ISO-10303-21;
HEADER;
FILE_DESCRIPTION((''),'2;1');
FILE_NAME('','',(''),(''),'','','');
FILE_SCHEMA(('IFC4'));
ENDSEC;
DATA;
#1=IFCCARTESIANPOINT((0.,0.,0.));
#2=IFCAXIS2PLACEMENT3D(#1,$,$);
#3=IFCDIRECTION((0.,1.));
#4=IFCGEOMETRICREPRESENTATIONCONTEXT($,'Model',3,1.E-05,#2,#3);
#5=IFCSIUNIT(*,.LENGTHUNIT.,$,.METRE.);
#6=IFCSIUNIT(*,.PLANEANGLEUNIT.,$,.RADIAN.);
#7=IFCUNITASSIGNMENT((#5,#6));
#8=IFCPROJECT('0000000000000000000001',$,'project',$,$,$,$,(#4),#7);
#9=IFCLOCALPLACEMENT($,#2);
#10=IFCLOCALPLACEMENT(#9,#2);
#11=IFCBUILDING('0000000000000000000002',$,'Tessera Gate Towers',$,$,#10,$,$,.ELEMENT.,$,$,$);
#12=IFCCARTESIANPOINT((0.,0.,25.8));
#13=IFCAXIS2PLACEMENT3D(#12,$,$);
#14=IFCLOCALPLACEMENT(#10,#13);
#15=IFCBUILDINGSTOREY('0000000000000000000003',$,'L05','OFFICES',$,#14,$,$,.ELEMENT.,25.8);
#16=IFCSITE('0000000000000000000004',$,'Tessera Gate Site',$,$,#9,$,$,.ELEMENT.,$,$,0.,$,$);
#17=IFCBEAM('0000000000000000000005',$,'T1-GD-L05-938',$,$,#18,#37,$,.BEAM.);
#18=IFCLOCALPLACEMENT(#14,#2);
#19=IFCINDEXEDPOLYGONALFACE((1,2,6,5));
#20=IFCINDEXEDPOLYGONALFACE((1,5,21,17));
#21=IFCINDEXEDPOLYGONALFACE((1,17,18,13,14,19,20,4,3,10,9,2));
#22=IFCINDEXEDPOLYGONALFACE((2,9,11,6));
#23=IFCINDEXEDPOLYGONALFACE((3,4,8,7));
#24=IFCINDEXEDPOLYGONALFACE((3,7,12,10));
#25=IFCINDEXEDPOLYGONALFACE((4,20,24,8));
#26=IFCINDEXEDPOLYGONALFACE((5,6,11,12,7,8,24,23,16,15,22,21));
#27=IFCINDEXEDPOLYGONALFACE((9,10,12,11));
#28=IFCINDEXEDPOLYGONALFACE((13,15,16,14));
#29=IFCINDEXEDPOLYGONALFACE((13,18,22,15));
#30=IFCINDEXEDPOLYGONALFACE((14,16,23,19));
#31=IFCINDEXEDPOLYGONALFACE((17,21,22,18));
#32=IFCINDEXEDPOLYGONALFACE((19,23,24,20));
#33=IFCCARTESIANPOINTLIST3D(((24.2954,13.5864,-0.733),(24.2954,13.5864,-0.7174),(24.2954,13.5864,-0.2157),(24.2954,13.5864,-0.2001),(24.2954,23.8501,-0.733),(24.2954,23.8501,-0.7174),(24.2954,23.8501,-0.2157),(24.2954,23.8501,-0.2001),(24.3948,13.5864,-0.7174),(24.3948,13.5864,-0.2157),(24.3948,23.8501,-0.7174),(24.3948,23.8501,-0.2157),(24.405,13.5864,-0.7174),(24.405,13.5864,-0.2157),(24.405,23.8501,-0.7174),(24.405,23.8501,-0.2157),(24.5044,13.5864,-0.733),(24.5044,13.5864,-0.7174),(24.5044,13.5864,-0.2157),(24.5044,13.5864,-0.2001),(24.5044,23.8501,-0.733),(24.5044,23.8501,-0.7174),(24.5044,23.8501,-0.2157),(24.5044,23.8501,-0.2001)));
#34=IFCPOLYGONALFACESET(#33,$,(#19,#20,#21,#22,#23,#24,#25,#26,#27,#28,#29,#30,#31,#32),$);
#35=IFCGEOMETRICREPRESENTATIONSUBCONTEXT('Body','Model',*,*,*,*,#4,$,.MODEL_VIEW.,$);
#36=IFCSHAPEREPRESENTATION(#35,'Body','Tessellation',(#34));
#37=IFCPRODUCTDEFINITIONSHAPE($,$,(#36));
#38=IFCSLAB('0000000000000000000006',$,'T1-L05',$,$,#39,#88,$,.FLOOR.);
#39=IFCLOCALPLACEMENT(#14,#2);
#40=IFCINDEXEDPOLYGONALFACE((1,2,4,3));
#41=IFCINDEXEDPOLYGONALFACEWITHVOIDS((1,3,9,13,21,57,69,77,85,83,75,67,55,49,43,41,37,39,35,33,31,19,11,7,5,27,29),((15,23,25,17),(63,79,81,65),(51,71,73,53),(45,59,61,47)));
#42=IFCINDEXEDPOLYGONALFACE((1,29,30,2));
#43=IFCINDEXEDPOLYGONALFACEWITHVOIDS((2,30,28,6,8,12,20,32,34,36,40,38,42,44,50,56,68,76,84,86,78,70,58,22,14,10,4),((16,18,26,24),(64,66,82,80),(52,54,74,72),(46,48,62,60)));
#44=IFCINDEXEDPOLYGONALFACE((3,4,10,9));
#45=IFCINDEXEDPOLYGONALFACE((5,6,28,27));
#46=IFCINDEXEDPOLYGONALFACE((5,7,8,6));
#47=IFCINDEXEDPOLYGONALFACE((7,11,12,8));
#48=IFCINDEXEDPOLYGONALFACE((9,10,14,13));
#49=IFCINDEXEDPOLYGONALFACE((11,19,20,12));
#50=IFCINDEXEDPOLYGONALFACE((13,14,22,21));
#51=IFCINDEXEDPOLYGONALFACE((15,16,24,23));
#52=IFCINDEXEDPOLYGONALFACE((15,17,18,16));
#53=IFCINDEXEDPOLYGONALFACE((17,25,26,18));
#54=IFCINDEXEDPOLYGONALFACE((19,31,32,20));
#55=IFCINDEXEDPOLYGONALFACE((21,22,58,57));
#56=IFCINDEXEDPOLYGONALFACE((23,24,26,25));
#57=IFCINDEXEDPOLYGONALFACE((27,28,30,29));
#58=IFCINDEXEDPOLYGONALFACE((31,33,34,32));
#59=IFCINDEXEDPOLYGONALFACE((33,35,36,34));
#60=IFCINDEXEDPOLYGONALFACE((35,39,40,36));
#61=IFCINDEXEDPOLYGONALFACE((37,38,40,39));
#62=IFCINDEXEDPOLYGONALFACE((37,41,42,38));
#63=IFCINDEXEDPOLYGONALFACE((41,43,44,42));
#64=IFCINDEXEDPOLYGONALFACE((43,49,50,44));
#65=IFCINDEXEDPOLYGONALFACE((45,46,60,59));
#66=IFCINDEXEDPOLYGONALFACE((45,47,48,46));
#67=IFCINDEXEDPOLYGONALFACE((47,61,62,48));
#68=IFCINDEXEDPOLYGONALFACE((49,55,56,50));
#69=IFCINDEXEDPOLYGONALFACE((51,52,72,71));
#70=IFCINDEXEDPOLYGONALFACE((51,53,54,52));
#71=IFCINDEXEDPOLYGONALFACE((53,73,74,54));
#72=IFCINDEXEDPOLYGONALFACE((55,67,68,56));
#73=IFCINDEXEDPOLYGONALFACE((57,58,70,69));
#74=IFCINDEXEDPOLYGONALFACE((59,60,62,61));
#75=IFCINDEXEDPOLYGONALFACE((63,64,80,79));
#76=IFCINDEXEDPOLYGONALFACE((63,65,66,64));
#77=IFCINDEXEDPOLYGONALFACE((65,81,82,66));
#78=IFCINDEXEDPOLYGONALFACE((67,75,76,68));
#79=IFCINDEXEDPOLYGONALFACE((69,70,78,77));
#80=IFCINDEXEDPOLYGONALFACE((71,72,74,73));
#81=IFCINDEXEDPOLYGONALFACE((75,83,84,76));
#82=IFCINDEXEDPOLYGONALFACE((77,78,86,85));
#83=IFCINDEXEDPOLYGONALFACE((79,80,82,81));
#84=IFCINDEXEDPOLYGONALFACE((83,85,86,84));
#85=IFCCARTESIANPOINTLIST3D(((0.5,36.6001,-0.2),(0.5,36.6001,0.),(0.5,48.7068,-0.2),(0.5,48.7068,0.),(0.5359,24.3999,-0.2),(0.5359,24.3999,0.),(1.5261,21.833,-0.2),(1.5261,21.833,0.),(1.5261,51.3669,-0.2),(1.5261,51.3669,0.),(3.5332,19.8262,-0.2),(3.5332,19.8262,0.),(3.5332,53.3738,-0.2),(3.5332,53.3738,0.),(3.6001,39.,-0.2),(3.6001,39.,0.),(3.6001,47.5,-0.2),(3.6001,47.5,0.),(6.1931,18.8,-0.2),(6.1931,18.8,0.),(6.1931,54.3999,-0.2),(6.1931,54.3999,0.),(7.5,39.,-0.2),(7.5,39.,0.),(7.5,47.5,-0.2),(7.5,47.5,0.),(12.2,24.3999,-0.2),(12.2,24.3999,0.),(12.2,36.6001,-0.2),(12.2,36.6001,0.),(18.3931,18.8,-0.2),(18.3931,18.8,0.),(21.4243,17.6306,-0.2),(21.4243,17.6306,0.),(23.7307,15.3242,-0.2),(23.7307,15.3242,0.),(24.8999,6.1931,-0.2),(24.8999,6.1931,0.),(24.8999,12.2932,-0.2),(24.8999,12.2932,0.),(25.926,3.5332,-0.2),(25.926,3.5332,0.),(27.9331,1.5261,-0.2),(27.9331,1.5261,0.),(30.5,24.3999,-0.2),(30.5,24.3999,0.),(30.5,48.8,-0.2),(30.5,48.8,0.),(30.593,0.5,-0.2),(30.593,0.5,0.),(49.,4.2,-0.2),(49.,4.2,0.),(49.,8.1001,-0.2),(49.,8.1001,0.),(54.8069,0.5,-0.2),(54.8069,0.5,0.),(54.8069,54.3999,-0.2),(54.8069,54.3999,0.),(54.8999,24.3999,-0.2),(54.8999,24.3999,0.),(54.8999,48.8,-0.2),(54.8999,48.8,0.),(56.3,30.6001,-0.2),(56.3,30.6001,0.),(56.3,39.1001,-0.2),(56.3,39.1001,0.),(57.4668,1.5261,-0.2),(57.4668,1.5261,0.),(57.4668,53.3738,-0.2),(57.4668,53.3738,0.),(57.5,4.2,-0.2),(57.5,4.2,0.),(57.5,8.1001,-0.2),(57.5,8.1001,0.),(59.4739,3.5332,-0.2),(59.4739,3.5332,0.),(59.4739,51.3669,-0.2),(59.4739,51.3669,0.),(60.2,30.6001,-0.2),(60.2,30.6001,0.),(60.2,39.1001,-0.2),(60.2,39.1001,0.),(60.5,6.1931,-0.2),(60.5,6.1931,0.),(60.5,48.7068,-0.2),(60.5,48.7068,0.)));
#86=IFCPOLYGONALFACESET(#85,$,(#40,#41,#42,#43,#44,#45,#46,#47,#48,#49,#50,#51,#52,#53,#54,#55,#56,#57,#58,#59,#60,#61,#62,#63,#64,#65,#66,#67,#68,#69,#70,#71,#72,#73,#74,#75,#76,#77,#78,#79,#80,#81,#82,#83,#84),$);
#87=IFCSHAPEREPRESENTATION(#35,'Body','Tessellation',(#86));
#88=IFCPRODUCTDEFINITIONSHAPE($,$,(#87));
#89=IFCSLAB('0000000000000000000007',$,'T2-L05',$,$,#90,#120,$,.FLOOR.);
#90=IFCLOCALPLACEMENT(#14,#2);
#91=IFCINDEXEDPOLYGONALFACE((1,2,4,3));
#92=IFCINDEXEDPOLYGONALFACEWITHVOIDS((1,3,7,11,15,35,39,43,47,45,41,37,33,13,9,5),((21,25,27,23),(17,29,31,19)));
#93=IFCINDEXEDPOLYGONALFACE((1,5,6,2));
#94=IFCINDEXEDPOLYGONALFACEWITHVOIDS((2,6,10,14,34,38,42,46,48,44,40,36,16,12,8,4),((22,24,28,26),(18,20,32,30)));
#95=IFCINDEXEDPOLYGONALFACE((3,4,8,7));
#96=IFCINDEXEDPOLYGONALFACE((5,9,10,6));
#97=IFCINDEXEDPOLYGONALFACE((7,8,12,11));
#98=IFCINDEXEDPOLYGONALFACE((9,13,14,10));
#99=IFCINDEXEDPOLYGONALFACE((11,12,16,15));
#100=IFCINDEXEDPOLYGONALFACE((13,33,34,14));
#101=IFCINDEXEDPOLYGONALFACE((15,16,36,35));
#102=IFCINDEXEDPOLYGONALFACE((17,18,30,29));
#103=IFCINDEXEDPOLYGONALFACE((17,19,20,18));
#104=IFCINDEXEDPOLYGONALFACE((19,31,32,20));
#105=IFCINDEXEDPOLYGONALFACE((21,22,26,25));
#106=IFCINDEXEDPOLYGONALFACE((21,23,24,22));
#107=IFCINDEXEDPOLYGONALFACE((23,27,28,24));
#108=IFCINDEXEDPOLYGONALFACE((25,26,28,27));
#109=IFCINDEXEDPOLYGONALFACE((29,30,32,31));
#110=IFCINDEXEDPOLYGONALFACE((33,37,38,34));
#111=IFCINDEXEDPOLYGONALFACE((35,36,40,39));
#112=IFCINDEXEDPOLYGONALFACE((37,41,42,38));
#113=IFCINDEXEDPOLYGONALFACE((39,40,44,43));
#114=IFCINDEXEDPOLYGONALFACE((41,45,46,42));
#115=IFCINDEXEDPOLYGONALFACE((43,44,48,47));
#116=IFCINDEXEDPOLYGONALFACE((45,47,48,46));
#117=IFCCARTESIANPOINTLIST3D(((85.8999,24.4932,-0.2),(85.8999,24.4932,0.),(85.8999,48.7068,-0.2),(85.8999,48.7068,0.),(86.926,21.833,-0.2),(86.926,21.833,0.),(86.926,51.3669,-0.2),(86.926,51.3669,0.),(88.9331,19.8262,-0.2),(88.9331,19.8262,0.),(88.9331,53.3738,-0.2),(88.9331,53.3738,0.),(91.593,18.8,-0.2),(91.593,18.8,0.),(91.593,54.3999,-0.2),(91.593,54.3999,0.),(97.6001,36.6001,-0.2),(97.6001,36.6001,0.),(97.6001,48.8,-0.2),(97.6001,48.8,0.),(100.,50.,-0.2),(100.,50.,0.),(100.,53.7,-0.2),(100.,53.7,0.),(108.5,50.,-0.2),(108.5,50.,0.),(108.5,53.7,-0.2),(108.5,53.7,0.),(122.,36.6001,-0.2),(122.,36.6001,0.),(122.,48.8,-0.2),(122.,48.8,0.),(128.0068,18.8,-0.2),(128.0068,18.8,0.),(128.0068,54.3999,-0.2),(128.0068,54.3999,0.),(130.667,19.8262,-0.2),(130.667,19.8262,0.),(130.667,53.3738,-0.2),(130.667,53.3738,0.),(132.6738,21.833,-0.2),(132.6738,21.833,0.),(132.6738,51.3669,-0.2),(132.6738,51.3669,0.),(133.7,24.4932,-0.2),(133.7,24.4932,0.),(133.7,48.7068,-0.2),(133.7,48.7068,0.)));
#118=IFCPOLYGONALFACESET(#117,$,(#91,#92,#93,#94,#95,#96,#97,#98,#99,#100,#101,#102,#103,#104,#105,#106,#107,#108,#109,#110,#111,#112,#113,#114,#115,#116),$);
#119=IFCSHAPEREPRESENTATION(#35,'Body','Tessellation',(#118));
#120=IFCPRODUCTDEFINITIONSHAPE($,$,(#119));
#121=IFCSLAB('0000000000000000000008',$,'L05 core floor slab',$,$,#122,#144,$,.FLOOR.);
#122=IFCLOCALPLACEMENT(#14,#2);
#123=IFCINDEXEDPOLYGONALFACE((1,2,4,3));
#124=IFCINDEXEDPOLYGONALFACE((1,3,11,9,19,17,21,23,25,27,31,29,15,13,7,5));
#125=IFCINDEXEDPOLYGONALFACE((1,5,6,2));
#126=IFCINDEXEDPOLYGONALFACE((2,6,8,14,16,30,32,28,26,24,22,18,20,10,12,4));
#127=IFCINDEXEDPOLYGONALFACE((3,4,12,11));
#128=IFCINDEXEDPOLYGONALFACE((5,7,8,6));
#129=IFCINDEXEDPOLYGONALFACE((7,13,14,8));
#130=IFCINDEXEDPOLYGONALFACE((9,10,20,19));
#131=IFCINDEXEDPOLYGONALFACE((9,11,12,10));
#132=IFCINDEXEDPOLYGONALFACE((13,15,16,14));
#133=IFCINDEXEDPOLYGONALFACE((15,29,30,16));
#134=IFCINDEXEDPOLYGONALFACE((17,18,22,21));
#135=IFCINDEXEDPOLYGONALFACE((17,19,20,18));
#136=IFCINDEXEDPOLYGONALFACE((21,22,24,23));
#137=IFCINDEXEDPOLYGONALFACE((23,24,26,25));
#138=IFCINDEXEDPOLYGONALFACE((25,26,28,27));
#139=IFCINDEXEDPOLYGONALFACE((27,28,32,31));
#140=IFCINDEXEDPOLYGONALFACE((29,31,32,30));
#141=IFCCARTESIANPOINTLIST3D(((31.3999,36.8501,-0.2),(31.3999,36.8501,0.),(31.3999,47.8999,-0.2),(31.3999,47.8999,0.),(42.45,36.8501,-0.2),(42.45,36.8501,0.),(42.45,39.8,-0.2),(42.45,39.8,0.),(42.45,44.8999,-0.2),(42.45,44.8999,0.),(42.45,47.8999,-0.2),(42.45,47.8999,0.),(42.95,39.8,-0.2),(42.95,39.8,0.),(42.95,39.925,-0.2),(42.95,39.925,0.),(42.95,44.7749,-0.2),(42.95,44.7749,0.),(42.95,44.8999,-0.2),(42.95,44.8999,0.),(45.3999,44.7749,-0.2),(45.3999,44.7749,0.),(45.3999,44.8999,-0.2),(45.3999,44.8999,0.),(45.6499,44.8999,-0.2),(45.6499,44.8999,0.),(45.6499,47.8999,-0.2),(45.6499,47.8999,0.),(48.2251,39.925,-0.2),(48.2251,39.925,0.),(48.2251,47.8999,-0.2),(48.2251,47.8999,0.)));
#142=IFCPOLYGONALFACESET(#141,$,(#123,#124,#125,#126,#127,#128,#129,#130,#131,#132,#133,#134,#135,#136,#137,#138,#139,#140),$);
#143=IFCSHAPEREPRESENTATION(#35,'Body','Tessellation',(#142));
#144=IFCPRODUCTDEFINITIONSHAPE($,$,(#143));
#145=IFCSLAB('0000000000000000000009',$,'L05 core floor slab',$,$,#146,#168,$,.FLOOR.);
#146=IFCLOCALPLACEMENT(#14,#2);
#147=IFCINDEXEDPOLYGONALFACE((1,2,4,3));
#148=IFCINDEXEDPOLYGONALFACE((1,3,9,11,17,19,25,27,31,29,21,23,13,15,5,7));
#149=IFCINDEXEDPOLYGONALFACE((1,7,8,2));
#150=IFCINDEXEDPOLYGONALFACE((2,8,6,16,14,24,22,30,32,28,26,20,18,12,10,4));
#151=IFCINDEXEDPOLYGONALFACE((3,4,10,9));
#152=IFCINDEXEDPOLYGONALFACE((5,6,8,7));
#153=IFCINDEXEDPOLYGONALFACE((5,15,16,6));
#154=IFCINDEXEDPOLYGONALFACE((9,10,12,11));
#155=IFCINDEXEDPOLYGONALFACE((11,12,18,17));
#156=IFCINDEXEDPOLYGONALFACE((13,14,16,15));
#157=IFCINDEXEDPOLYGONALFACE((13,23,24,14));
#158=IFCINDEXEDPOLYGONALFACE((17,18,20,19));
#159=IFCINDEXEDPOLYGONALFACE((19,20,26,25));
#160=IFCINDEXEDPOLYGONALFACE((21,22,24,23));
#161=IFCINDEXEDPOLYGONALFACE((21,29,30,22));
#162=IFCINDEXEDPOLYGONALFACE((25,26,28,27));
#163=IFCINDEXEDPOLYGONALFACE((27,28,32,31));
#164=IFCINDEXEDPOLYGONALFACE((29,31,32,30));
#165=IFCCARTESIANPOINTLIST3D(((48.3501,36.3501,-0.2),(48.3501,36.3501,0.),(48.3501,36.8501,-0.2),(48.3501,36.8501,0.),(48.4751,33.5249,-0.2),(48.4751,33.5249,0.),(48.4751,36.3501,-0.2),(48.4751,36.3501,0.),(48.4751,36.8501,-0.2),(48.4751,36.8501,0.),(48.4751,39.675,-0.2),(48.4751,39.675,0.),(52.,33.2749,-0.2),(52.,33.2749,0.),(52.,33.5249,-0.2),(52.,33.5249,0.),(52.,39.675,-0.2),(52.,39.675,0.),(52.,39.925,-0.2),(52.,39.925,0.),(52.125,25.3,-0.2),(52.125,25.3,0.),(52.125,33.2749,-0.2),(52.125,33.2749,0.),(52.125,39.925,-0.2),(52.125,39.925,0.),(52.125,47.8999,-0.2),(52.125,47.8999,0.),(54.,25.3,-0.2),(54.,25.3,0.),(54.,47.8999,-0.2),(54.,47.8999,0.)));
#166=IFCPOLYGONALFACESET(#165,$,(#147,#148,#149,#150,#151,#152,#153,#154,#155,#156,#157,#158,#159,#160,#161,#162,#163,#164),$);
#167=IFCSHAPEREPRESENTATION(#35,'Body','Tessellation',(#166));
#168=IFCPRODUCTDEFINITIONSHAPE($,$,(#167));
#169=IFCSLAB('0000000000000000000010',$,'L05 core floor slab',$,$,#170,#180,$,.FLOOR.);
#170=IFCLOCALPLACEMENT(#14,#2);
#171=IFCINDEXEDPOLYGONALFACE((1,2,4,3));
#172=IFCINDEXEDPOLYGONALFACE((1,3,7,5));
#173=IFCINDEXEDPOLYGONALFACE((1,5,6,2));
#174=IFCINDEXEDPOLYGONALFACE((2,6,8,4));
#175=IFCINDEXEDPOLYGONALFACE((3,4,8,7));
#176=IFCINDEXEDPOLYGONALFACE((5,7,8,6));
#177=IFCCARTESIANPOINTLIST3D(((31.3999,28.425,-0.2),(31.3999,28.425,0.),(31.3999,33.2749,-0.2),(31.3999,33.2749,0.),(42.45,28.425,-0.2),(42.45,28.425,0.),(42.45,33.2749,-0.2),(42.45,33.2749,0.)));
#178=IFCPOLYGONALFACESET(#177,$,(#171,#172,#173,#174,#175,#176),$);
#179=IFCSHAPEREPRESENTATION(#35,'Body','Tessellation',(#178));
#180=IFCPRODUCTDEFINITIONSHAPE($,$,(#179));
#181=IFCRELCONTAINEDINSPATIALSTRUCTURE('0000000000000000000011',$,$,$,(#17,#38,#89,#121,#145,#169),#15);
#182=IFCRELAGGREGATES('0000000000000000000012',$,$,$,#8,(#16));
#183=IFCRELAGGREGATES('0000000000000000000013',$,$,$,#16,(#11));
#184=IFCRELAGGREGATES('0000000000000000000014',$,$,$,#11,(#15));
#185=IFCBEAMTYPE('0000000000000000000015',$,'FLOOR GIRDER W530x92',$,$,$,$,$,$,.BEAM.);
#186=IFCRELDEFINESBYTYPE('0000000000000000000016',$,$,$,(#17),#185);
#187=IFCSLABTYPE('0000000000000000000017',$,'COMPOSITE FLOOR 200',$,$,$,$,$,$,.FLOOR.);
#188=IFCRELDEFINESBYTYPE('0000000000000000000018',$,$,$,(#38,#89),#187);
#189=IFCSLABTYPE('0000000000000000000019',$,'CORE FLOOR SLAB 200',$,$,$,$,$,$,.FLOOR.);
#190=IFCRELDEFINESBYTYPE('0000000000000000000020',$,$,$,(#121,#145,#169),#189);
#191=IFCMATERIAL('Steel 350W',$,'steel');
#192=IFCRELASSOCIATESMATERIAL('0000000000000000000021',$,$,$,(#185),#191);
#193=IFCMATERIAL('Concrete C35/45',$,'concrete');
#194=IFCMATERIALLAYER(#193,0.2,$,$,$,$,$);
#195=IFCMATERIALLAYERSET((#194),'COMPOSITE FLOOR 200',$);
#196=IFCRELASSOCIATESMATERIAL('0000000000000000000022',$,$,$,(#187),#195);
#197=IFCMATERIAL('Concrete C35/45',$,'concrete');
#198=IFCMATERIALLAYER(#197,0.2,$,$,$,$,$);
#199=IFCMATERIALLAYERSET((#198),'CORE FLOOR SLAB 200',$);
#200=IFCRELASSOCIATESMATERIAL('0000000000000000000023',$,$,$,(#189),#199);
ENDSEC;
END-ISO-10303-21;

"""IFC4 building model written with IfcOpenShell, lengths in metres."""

from ifc_helpers import new_model, si_unit, direction, frame, origin, origin_2d, place, context, subcontext, project, spatial, polyline, i_section, outline, extrude, material, layer, layer_set, material_profile, profile_set, type_object, element, save


model = new_model("IFC4")

# Units and contexts
model_context = context("Model", 3, precision=1e-05, world=origin(), true_north=direction((0.0, 1.0)))
body_context = subcontext(model_context, "Body", "Model", "MODEL_VIEW")
ifc_project = project(units=[si_unit("LENGTHUNIT", "METRE"), si_unit("PLANEANGLEUNIT", "RADIAN")], contexts=[model_context])

# Site, building, storey
site_placement = place(None, origin())
site = spatial("IfcSite", under=ifc_project, at=site_placement, Name="Tessera Gate Site", CompositionType="ELEMENT", RefElevation=0.0)
building_placement = place(site_placement, origin())
building = spatial("IfcBuilding", under=site, at=building_placement, Name="Tessera Gate Towers", CompositionType="ELEMENT")
storey_placement = place(building_placement, frame((0.0, 0.0, 25.8)))
storey = spatial("IfcBuildingStorey", under=building, at=storey_placement, Name="L05", Description="OFFICES", CompositionType="ELEMENT", Elevation=25.8)

# Beam
ifc_material_1 = material(Name="Steel 350W", Category="steel")
ifc_material_profile = material_profile(ifc_material_1, i_section(OverallWidth=0.209, OverallDepth=0.533, WebThickness=0.0103, FlangeThickness=0.0156, at=origin_2d()), Name="W530x92")
ifc_profile_set = profile_set([ifc_material_profile], Name="Steel 350W")
beam_type = type_object("IfcBeamType", Name="FLOOR GIRDER W530x92", PredefinedType="BEAM", material=ifc_profile_set)
beam_placement = place(storey_placement, frame((24.3999, 13.5864, -0.4666), z_axis=(0.0, 1.0, 0.0), x_axis=(-1.0, 0.0, 0.0)))
element("IfcBeam", 1, at=beam_placement, inside=storey, type_object=beam_type, Name="T1-GD-L05-938", PredefinedType="BEAM", context=body_context, shape_type="SweptSolid", body=[
    extrude(i_section(OverallWidth=0.209, OverallDepth=0.533, WebThickness=0.0103, FlangeThickness=0.0156, at=origin_2d()), origin(), (0.0, 0.0, 1.0), 10.2637),
])

# Slabs
ifc_material_2 = material(Name="Concrete C35/45", Category="concrete")
ifc_layer_1 = layer(ifc_material_2, 0.2)
ifc_layer_set_1 = layer_set([ifc_layer_1], Name="COMPOSITE FLOOR 200")
slab_type_1 = type_object("IfcSlabType", Name="COMPOSITE FLOOR 200", PredefinedType="FLOOR", material=ifc_layer_set_1)
slab_1_placement = place(storey_placement, frame((0.0, 0.0, -0.2)))
element("IfcSlab", 2, at=slab_1_placement, inside=storey, type_object=slab_type_1, Name="T1-L05", PredefinedType="FLOOR", context=body_context, shape_type="SweptSolid", body=[
    extrude(outline(polyline([(0.5, 36.6001), (12.2, 36.6001), (12.2, 24.3999), (0.5359, 24.3999), (1.5261, 21.833), (3.5332, 19.8262), (6.1931, 18.8), (18.3931, 18.8), (21.4243, 17.6306), (23.7307, 15.3242), (24.8999, 12.2932), (24.8999, 6.1931), (25.926, 3.5332), (27.9331, 1.5261), (30.593, 0.5), (54.8069, 0.5), (57.4668, 1.5261), (59.4739, 3.5332), (60.5, 6.1931), (60.5, 48.7068), (59.4739, 51.3669), (57.4668, 53.3738), (54.8069, 54.3999), (6.1931, 54.3999), (3.5332, 53.3738), (1.5261, 51.3669), (0.5, 48.7068), (0.5, 36.6001)]), holes=[polyline([(3.6001, 39.0), (3.6001, 47.5), (7.5, 47.5), (7.5, 39.0), (3.6001, 39.0)]), polyline([(30.5, 24.3999), (30.5, 48.8), (54.8999, 48.8), (54.8999, 24.3999), (30.5, 24.3999)]), polyline([(49.0, 4.2), (49.0, 8.1001), (57.5, 8.1001), (57.5, 4.2), (49.0, 4.2)]), polyline([(56.3, 30.6001), (56.3, 39.1001), (60.2, 39.1001), (60.2, 30.6001), (56.3, 30.6001)])]), origin(), (0.0, 0.0, 1.0), 0.2),
])
slab_2_placement = place(storey_placement, frame((0.0, 0.0, -0.2)))
element("IfcSlab", 3, at=slab_2_placement, inside=storey, type_object=slab_type_1, Name="T2-L05", PredefinedType="FLOOR", context=body_context, shape_type="SweptSolid", body=[
    extrude(outline(polyline([(85.8999, 24.4932), (86.926, 21.833), (88.9331, 19.8262), (91.593, 18.8), (128.0068, 18.8), (130.667, 19.8262), (132.6738, 21.833), (133.7, 24.4932), (133.7, 48.7068), (132.6738, 51.3669), (130.667, 53.3738), (128.0068, 54.3999), (91.593, 54.3999), (88.9331, 53.3738), (86.926, 51.3669), (85.8999, 48.7068), (85.8999, 24.4932)]), holes=[polyline([(97.6001, 36.6001), (97.6001, 48.8), (122.0, 48.8), (122.0, 36.6001), (97.6001, 36.6001)]), polyline([(100.0, 50.0), (100.0, 53.7), (108.5, 53.7), (108.5, 50.0), (100.0, 50.0)])]), origin(), (0.0, 0.0, 1.0), 0.2),
])
ifc_material_3 = material(Name="Concrete C35/45", Category="concrete")
ifc_layer_2 = layer(ifc_material_3, 0.2)
ifc_layer_set_2 = layer_set([ifc_layer_2], Name="CORE FLOOR SLAB 200")
slab_type_2 = type_object("IfcSlabType", Name="CORE FLOOR SLAB 200", PredefinedType="FLOOR", material=ifc_layer_set_2)
slab_3_placement = place(storey_placement, frame((0.0, 0.0, -0.2)))
element("IfcSlab", 4, at=slab_3_placement, inside=storey, type_object=slab_type_2, Name="L05 core floor slab", PredefinedType="FLOOR", context=body_context, shape_type="SweptSolid", body=[
    extrude(outline(polyline([(31.3999, 47.8999), (31.3999, 36.8501), (42.45, 36.8501), (42.45, 39.8), (42.95, 39.8), (42.95, 39.925), (48.2251, 39.925), (48.2251, 47.8999), (45.6499, 47.8999), (45.6499, 44.8999), (45.3999, 44.8999), (45.3999, 44.7749), (42.95, 44.7749), (42.95, 44.8999), (42.45, 44.8999), (42.45, 47.8999), (31.3999, 47.8999)])), origin(), (0.0, 0.0, 1.0), 0.2),
])
slab_4_placement = place(storey_placement, frame((0.0, 0.0, -0.2)))
element("IfcSlab", 5, at=slab_4_placement, inside=storey, type_object=slab_type_2, Name="L05 core floor slab", PredefinedType="FLOOR", context=body_context, shape_type="SweptSolid", body=[
    extrude(outline(polyline([(48.3501, 36.8501), (48.3501, 36.3501), (48.4751, 36.3501), (48.4751, 33.5249), (52.0, 33.5249), (52.0, 33.2749), (52.125, 33.2749), (52.125, 25.3), (54.0, 25.3), (54.0, 47.8999), (52.125, 47.8999), (52.125, 39.925), (52.0, 39.925), (52.0, 39.675), (48.4751, 39.675), (48.4751, 36.8501), (48.3501, 36.8501)])), origin(), (0.0, 0.0, 1.0), 0.2),
])
slab_5_placement = place(storey_placement, frame((0.0, 0.0, -0.2)))
element("IfcSlab", 6, at=slab_5_placement, inside=storey, type_object=slab_type_2, Name="L05 core floor slab", PredefinedType="FLOOR", context=body_context, shape_type="SweptSolid", body=[
    extrude(outline(polyline([(42.45, 28.425), (42.45, 33.2749), (31.3999, 33.2749), (31.3999, 28.425), (42.45, 28.425)])), origin(), (0.0, 0.0, 1.0), 0.2),
])

save(model, "model.ifc")
